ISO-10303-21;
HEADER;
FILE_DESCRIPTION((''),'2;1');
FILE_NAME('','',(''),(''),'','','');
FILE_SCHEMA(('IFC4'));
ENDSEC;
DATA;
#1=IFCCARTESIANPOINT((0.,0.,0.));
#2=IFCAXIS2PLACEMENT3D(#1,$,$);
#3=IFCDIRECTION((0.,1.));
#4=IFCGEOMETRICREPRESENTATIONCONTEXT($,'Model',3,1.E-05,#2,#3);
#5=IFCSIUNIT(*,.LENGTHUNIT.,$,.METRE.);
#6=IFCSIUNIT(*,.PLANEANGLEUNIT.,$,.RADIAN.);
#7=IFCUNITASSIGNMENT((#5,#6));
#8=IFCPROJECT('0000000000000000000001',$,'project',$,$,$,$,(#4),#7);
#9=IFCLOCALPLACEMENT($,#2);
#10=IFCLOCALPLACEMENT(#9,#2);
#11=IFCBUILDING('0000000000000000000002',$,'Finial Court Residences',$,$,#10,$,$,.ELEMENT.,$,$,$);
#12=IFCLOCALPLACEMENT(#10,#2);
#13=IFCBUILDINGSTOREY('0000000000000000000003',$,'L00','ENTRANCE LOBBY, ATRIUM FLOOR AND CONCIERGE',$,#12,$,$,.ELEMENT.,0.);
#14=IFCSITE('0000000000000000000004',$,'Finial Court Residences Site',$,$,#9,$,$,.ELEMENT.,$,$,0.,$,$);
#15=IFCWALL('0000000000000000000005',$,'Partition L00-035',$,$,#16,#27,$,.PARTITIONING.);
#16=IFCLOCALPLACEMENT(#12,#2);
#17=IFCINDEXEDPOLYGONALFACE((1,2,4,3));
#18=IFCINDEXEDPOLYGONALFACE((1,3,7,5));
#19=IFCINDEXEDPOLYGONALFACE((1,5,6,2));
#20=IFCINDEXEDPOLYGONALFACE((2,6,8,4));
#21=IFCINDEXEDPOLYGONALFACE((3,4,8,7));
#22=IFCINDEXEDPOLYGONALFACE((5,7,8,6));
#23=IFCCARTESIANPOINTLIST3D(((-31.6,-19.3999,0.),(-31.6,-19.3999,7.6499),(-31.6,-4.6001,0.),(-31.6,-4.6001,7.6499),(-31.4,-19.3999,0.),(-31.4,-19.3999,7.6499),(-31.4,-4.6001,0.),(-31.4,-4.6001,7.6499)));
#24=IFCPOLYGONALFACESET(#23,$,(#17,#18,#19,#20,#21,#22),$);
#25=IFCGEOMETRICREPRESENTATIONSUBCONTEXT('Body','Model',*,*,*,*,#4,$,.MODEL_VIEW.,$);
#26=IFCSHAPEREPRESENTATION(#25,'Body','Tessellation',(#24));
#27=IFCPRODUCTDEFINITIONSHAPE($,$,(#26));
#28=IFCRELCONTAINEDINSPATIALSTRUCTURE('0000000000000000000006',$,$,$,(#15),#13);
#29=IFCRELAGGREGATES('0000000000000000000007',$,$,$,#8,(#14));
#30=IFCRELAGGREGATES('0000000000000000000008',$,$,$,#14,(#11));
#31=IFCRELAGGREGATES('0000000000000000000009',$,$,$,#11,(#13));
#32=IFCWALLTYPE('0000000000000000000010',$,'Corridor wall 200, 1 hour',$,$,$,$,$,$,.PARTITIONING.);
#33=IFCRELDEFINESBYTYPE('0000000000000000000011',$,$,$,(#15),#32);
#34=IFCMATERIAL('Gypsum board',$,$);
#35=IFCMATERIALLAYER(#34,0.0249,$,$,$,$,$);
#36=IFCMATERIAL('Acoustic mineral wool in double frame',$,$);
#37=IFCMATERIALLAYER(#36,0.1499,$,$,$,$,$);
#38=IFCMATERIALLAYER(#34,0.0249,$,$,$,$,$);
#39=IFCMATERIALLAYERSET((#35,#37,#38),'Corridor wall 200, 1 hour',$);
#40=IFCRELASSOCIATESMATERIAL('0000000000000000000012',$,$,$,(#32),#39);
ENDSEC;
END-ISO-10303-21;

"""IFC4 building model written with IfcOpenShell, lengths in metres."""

from ifc_helpers import new_model, si_unit, direction, frame, frame_2d, origin, place, context, subcontext, project, spatial, rectangle, extrude, material, layer, layer_set, type_object, element, save


model = new_model("IFC4")

# Units and contexts
model_context = context("Model", 3, precision=1e-05, world=origin(), true_north=direction((0.0, 1.0)))
body_context = subcontext(model_context, "Body", "Model", "MODEL_VIEW")
ifc_project = project(units=[si_unit("LENGTHUNIT", "METRE"), si_unit("PLANEANGLEUNIT", "RADIAN")], contexts=[model_context])

# Site, building, storey
site_placement = place(None, origin())
site = spatial("IfcSite", under=ifc_project, at=site_placement, Name="Finial Court Residences Site", CompositionType="ELEMENT", RefElevation=0.0)
building_placement = place(site_placement, origin())
building = spatial("IfcBuilding", under=site, at=building_placement, Name="Finial Court Residences", CompositionType="ELEMENT")
storey_placement = place(building_placement, origin())
storey = spatial("IfcBuildingStorey", under=building, at=storey_placement, Name="L00", Description="ENTRANCE LOBBY, ATRIUM FLOOR AND CONCIERGE", CompositionType="ELEMENT", Elevation=0.0)

# Shared definitions
ifc_material_1 = material(Name="Gypsum board")
ifc_layer_1 = layer(ifc_material_1, 0.0249)
ifc_material_2 = material(Name="Acoustic mineral wool in double frame")
ifc_layer_2 = layer(ifc_material_2, 0.1499)
ifc_layer_3 = layer(ifc_material_1, 0.0249)
ifc_layer_set_1 = layer_set([ifc_layer_1, ifc_layer_2, ifc_layer_3], Name="Corridor wall 200, 1 hour")
wall_type_1 = type_object("IfcWallType", Name="Corridor wall 200, 1 hour", PredefinedType="PARTITIONING", material=ifc_layer_set_1)

# Wall
wall_1_placement = place(storey_placement, frame((-31.5, -19.3999, 0.0), z_axis=(0.0, 0.0, 1.0), x_axis=(0.0, 1.0, 0.0)))
element("IfcWall", 1, at=wall_1_placement, inside=storey, type_object=wall_type_1, Name="Partition L00-035", PredefinedType="PARTITIONING", context=body_context, shape_type="SweptSolid", body=[
    extrude(rectangle(XDim=14.7998, YDim=0.2, at=frame_2d((7.3999, 0.0))), origin(), (0.0, 0.0, 1.0), 7.6499),
])

save(model, "model.ifc")
